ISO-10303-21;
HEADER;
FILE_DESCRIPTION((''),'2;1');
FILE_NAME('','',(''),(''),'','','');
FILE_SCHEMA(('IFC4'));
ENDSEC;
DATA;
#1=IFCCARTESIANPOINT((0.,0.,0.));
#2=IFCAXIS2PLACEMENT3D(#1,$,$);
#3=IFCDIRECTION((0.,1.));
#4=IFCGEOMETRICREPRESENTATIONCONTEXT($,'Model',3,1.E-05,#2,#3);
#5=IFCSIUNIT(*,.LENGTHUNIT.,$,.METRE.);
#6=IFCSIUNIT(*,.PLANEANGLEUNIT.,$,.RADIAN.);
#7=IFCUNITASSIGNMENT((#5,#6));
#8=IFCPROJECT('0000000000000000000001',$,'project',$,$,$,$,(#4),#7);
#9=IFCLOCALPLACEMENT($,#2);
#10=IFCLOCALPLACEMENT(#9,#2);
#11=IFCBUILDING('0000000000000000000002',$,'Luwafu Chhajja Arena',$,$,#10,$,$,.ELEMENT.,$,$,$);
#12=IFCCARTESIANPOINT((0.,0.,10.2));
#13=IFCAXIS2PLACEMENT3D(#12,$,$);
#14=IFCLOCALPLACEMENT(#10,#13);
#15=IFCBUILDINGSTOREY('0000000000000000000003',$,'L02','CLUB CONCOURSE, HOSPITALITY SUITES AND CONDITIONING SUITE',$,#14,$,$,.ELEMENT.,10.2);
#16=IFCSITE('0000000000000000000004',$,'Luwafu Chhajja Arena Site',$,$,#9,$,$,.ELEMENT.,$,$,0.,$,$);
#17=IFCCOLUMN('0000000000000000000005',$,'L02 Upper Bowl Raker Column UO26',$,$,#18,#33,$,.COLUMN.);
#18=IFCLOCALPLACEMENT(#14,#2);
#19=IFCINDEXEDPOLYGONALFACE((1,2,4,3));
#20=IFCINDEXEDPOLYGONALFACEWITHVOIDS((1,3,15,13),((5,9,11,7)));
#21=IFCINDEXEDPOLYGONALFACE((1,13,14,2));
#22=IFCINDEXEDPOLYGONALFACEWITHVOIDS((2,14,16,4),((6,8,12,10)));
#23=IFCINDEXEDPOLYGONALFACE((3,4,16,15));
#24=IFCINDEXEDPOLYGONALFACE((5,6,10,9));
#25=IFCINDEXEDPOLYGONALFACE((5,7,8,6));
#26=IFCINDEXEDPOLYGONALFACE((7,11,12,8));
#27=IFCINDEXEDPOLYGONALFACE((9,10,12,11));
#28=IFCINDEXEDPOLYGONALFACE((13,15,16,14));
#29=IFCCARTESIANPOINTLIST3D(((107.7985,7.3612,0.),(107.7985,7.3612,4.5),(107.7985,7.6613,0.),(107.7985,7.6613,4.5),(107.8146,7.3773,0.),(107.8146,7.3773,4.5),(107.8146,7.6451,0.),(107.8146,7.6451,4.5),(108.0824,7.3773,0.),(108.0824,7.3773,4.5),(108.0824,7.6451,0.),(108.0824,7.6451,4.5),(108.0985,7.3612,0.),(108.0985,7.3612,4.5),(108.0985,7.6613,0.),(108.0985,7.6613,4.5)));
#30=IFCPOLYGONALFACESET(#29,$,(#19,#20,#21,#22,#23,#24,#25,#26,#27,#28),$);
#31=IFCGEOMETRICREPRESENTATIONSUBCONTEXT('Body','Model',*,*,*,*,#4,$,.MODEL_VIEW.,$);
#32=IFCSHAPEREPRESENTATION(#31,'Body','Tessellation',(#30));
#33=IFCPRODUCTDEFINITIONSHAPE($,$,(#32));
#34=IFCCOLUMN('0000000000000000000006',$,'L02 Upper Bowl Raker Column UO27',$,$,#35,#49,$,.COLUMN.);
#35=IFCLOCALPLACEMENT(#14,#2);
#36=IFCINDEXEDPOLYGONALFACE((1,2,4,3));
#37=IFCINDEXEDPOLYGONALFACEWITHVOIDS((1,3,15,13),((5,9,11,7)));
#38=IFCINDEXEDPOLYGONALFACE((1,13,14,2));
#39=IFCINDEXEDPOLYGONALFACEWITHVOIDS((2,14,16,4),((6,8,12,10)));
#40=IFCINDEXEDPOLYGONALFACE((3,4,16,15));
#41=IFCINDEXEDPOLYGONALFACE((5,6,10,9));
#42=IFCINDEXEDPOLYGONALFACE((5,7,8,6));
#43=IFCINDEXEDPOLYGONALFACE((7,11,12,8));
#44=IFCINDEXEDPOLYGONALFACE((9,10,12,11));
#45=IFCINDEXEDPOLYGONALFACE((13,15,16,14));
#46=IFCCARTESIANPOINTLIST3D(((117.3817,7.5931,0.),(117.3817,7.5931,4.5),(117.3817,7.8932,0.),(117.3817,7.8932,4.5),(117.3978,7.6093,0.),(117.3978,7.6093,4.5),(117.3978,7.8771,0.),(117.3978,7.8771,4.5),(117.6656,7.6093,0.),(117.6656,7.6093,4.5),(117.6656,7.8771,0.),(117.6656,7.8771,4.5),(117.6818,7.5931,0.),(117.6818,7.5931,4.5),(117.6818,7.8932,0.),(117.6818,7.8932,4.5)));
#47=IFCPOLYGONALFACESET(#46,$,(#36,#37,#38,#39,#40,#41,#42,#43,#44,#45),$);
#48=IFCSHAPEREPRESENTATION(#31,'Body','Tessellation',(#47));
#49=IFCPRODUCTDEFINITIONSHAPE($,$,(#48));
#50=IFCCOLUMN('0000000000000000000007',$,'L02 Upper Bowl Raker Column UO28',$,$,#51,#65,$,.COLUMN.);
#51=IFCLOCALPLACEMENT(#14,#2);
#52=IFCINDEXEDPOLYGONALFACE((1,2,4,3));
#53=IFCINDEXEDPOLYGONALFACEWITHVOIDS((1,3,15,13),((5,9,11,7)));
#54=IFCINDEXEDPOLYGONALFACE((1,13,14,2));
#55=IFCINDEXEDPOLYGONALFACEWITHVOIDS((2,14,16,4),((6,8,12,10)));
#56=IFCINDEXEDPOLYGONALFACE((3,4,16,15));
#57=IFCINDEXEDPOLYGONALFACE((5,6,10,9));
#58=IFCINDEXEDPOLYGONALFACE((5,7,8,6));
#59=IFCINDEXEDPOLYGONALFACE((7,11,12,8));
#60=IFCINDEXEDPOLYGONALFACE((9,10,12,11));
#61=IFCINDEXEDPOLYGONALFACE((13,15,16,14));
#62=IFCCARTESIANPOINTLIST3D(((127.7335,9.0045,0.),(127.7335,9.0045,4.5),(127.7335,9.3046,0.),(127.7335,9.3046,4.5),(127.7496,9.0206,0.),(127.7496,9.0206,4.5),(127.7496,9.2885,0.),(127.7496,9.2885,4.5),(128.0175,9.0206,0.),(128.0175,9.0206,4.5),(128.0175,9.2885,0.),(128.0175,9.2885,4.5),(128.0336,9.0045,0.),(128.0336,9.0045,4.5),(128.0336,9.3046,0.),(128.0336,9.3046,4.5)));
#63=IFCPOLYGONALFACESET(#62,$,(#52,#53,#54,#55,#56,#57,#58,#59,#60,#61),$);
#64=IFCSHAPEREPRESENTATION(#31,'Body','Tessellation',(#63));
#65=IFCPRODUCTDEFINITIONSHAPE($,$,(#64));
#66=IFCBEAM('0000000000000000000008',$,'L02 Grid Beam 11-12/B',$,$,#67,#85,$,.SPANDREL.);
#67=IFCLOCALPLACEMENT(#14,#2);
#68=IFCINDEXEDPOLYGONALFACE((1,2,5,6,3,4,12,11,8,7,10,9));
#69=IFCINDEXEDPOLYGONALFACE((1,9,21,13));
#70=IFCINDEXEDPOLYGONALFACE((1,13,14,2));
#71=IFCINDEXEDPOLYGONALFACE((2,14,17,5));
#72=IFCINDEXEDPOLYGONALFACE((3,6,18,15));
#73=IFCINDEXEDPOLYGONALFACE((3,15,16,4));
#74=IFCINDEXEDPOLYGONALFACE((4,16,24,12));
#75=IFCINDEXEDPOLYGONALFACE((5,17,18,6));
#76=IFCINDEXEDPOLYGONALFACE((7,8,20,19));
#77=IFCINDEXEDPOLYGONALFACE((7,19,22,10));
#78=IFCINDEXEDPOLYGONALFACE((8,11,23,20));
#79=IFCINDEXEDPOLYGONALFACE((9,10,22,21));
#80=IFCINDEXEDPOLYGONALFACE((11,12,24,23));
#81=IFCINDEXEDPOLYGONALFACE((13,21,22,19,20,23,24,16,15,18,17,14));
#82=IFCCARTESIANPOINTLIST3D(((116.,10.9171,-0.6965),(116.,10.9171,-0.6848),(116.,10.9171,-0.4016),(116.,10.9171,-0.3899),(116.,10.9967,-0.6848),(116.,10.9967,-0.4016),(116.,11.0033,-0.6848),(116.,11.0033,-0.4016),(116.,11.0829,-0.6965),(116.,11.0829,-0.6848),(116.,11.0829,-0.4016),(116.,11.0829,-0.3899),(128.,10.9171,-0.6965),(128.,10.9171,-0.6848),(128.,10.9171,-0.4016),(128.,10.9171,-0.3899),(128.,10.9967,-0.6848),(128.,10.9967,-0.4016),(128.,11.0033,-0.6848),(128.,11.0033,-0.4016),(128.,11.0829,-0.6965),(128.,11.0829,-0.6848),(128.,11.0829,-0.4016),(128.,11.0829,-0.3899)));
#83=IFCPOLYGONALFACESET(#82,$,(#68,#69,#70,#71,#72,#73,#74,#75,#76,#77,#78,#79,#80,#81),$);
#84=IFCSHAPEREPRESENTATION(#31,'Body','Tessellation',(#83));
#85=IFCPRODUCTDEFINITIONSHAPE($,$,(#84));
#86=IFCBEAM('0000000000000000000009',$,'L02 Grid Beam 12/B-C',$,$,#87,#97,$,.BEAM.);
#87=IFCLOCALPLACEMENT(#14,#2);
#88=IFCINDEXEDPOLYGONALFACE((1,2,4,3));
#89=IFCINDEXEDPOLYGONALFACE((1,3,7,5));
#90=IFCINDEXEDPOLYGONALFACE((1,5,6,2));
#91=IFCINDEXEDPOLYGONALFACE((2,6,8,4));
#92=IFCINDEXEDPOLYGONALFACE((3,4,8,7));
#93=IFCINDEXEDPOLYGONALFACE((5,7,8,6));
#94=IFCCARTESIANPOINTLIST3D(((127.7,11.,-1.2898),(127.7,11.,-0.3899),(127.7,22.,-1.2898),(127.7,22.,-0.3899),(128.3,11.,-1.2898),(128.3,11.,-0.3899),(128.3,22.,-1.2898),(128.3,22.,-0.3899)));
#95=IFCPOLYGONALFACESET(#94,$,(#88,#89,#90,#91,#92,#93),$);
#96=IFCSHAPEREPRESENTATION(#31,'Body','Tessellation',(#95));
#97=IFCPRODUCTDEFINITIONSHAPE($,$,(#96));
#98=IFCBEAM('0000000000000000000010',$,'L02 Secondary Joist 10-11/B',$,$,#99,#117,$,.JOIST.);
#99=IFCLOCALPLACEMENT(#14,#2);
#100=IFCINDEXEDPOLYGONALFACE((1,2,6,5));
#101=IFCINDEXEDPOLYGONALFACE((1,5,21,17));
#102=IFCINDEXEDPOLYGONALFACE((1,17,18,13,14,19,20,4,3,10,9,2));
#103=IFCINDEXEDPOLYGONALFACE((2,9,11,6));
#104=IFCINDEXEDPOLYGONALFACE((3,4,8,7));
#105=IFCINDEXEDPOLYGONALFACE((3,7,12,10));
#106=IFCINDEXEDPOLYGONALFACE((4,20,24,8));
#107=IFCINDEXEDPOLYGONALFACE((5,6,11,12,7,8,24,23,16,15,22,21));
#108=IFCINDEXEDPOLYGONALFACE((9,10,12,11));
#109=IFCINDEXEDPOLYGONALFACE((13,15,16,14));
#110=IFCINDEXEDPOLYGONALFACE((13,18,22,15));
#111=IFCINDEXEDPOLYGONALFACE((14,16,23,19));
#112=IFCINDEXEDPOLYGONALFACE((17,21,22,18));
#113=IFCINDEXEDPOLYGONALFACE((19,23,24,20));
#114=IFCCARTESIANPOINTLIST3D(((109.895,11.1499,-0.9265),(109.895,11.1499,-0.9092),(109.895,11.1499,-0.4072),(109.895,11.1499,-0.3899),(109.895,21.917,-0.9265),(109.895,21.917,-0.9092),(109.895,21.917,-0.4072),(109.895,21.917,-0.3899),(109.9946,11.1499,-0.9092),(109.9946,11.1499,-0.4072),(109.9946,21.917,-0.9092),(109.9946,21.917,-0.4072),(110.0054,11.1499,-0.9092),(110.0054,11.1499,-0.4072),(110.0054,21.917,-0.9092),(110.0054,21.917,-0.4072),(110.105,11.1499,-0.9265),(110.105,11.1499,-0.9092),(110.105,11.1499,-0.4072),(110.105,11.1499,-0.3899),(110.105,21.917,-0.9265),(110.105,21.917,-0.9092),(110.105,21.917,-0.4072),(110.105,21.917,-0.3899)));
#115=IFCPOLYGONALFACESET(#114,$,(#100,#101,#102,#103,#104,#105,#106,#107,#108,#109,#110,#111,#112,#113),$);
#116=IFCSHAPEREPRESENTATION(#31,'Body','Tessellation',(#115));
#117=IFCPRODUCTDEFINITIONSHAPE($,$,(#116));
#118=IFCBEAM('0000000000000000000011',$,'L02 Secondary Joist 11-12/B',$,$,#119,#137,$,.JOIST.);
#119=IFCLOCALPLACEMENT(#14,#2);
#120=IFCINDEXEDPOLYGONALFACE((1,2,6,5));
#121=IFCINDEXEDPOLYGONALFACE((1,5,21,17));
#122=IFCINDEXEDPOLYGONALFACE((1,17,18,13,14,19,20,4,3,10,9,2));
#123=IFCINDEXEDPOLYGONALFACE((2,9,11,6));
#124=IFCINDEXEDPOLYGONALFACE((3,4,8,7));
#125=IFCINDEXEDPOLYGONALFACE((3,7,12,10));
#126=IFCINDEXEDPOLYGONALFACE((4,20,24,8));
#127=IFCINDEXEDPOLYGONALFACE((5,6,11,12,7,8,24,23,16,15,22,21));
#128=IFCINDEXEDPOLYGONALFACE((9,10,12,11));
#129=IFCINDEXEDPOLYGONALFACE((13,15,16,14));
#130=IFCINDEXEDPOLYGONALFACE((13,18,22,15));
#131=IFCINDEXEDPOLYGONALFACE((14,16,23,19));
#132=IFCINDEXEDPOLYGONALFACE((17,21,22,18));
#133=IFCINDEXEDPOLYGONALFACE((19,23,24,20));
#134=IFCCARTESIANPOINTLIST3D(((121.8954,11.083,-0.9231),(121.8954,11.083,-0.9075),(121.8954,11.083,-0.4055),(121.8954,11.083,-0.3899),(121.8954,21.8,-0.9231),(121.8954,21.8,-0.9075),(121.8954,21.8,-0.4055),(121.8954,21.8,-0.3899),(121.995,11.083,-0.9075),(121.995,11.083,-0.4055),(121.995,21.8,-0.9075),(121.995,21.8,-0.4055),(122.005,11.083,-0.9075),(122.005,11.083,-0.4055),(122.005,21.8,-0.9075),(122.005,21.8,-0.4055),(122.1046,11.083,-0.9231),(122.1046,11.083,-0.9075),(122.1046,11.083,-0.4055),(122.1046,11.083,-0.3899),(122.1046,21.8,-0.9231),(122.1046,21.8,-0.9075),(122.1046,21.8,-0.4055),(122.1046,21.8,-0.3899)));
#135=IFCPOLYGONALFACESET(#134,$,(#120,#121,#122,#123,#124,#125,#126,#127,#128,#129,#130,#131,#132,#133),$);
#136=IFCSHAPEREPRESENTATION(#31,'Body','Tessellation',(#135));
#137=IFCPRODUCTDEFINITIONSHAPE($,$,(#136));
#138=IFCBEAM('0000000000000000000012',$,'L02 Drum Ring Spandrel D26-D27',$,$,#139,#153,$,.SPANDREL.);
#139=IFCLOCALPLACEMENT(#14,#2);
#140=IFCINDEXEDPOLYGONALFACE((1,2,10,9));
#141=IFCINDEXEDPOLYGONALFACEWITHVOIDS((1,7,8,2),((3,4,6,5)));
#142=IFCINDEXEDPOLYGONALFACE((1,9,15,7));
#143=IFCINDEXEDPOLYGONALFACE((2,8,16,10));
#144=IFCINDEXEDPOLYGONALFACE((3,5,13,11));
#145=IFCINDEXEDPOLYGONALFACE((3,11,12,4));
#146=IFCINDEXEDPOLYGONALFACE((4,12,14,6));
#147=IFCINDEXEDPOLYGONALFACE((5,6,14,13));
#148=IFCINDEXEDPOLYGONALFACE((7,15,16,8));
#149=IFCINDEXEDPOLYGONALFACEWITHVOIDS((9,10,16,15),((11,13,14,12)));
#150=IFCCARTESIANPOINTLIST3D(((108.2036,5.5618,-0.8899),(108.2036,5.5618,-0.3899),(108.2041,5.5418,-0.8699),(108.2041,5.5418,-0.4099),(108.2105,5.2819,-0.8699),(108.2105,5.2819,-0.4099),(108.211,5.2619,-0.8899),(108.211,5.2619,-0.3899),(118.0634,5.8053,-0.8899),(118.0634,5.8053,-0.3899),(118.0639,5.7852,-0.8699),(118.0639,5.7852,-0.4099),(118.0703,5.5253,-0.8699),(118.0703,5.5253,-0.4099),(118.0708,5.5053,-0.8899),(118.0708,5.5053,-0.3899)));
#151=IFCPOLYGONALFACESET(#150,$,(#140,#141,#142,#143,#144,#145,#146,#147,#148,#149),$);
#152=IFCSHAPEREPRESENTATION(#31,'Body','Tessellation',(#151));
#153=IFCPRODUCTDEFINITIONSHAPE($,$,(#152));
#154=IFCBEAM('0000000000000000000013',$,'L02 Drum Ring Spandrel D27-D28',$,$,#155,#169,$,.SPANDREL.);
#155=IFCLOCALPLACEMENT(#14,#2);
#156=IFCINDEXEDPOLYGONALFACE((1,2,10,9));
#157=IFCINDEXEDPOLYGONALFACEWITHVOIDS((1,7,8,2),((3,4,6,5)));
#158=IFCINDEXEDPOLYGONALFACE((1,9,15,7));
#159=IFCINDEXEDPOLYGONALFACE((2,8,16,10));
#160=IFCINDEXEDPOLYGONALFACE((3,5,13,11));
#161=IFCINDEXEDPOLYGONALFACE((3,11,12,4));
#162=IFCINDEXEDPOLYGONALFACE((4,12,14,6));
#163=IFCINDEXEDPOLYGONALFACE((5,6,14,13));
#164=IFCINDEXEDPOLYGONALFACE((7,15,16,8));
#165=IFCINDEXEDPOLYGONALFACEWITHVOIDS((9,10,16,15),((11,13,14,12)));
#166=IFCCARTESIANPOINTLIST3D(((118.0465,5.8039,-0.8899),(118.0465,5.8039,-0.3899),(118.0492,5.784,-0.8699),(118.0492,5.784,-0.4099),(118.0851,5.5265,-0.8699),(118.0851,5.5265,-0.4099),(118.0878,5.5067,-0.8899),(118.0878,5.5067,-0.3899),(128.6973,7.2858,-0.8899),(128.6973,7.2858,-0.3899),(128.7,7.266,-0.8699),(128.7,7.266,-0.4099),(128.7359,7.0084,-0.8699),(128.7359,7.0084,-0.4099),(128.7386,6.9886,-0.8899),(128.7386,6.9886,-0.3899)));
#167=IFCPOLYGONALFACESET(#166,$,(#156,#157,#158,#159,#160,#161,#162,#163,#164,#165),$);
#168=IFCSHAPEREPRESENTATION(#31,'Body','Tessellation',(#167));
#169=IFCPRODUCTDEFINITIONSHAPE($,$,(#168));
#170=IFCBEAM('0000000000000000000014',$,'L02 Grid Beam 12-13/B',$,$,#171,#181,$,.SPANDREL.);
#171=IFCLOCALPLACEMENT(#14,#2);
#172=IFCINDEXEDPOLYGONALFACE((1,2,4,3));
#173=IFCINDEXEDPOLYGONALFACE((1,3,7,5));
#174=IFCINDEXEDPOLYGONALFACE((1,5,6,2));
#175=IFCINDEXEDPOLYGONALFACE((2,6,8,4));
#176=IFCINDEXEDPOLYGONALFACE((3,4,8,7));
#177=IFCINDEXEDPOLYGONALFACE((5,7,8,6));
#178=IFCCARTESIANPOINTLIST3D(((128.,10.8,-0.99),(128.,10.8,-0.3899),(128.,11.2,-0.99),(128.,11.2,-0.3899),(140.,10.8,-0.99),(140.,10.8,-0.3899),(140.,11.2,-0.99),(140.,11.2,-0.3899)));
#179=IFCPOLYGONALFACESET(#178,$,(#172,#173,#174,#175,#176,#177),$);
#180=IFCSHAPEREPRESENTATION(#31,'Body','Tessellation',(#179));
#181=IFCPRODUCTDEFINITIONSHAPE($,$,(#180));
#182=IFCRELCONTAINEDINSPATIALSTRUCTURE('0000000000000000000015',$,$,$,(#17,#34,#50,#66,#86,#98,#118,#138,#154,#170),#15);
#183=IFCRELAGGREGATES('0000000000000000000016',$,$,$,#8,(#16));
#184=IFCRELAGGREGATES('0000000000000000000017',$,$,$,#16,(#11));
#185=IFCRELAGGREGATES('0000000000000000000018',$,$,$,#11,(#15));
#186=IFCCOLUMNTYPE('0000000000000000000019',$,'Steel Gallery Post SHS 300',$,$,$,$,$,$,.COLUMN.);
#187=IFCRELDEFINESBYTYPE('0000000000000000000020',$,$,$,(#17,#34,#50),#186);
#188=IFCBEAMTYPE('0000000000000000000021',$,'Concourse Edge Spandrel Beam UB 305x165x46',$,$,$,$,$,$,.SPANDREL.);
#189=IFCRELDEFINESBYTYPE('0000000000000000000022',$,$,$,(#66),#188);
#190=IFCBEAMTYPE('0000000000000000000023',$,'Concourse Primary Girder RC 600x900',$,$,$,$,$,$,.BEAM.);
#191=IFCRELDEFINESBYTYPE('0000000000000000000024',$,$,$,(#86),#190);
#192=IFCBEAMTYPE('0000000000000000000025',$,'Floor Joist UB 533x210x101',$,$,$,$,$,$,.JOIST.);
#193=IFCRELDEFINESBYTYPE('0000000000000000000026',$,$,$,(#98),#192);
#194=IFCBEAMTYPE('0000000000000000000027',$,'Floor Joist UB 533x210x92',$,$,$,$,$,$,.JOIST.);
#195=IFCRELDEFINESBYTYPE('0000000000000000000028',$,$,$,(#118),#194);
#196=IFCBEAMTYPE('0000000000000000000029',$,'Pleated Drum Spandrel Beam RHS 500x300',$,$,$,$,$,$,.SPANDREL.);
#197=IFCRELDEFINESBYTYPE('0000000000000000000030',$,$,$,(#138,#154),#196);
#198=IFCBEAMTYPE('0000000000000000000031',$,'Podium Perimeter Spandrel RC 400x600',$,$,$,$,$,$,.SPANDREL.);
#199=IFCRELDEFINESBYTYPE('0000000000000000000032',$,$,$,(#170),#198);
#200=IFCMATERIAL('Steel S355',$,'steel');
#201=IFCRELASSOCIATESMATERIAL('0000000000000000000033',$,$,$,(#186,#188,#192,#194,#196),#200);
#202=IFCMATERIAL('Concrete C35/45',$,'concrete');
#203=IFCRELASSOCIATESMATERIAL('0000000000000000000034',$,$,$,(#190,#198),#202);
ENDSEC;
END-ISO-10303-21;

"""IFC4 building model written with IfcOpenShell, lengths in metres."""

from ifc_helpers import new_model, si_unit, direction, frame, origin, origin_2d, place, context, subcontext, project, spatial, rectangle, hollow_rectangle, i_section, extrude, material, material_profile, profile_set, type_object, element, save


model = new_model("IFC4")

# Units and contexts
model_context = context("Model", 3, precision=1e-05, world=origin(), true_north=direction((0.0, 1.0)))
body_context = subcontext(model_context, "Body", "Model", "MODEL_VIEW")
ifc_project = project(units=[si_unit("LENGTHUNIT", "METRE"), si_unit("PLANEANGLEUNIT", "RADIAN")], contexts=[model_context])

# Site, building, storey
site_placement = place(None, origin())
site = spatial("IfcSite", under=ifc_project, at=site_placement, Name="Luwafu Chhajja Arena Site", CompositionType="ELEMENT", RefElevation=0.0)
building_placement = place(site_placement, origin())
building = spatial("IfcBuilding", under=site, at=building_placement, Name="Luwafu Chhajja Arena", CompositionType="ELEMENT")
storey_placement = place(building_placement, frame((0.0, 0.0, 10.2)))
storey = spatial("IfcBuildingStorey", under=building, at=storey_placement, Name="L02", Description="CLUB CONCOURSE, HOSPITALITY SUITES AND CONDITIONING SUITE", CompositionType="ELEMENT", Elevation=10.2)

# Columns
ifc_material_1 = material(Name="Concrete C35/45", Category="concrete")
ifc_material_2 = material(Name="Steel S355", Category="steel")
ifc_material_profile_1 = material_profile(ifc_material_2, hollow_rectangle(XDim=0.3, YDim=0.3, WallThickness=0.0161, at=origin_2d()), Name="SHS 300x300x16")
ifc_profile_set_1 = profile_set([ifc_material_profile_1], Name="Steel S355")
column_type_1 = type_object("IfcColumnType", Name="Steel Gallery Post SHS 300", PredefinedType="COLUMN", material=ifc_profile_set_1)
for number, where, z_axis, x_axis, name in (
    (1, (107.9485, 7.5112, 0.0), (0.0, 0.0, 1.0), (1.0, 0.0, 0.0), "L02 Upper Bowl Raker Column UO26"),
    (2, (117.5317, 7.7432, 0.0), (0.0, 0.0, 1.0), (1.0, 0.0, 0.0), "L02 Upper Bowl Raker Column UO27"),
    (3, (127.8835, 9.1545, 0.0), (0.0, 0.0, 1.0), (1.0, 0.0, 0.0), "L02 Upper Bowl Raker Column UO28"),
):
    element("IfcColumn", number, at=place(storey_placement, frame(where, z_axis=z_axis, x_axis=x_axis)), inside=storey, type_object=column_type_1, Name=name, PredefinedType="COLUMN", context=body_context, shape_type="SweptSolid", body=[
        extrude(hollow_rectangle(XDim=0.3, YDim=0.3, WallThickness=0.0161, at=origin_2d()), origin(), (0.0, 0.0, 1.0), 4.5),
    ])

# Beams
ifc_material_profile_2 = material_profile(ifc_material_2, i_section(OverallWidth=0.1658, OverallDepth=0.3066, WebThickness=0.0066, FlangeThickness=0.0117, at=origin_2d()), Name="UB 305x165x46")
ifc_profile_set_2 = profile_set([ifc_material_profile_2], Name="Steel S355")
beam_type_1 = type_object("IfcBeamType", Name="Concourse Edge Spandrel Beam UB 305x165x46", PredefinedType="SPANDREL", material=ifc_profile_set_2)
beam_1_placement = place(storey_placement, frame((116.0, 11.0, -0.5432), z_axis=(1.0, 0.0, 0.0), x_axis=(0.0, 1.0, 0.0)))
element("IfcBeam", 4, at=beam_1_placement, inside=storey, type_object=beam_type_1, Name="L02 Grid Beam 11-12/B", PredefinedType="SPANDREL", context=body_context, shape_type="SweptSolid", body=[
    extrude(i_section(OverallWidth=0.1658, OverallDepth=0.3066, WebThickness=0.0066, FlangeThickness=0.0117, at=origin_2d()), origin(), (0.0, 0.0, 1.0), 12.0),
])
ifc_material_profile_3 = material_profile(ifc_material_1, rectangle(XDim=0.6001, YDim=0.8999, at=origin_2d()), Name="RC 600x900")
ifc_profile_set_3 = profile_set([ifc_material_profile_3], Name="Concrete C35/45")
beam_type_2 = type_object("IfcBeamType", Name="Concourse Primary Girder RC 600x900", PredefinedType="BEAM", material=ifc_profile_set_3)
beam_2_placement = place(storey_placement, frame((128.0, 11.0, -0.8398), z_axis=(0.0, 1.0, 0.0), x_axis=(-1.0, 0.0, 0.0)))
element("IfcBeam", 5, at=beam_2_placement, inside=storey, type_object=beam_type_2, Name="L02 Grid Beam 12/B-C", PredefinedType="BEAM", context=body_context, shape_type="SweptSolid", body=[
    extrude(rectangle(XDim=0.6001, YDim=0.8999, at=origin_2d()), origin(), (0.0, 0.0, 1.0), 11.0),
])
ifc_material_profile_4 = material_profile(ifc_material_2, i_section(OverallWidth=0.21, OverallDepth=0.5366, WebThickness=0.0107, FlangeThickness=0.0173, at=origin_2d()), Name="UB 533x210x101")
ifc_profile_set_4 = profile_set([ifc_material_profile_4], Name="Steel S355")
beam_type_3 = type_object("IfcBeamType", Name="Floor Joist UB 533x210x101", PredefinedType="JOIST", material=ifc_profile_set_4)
beam_3_placement = place(storey_placement, frame((110.0, 11.1499, -0.6582), z_axis=(0.0, 1.0, 0.0), x_axis=(-1.0, 0.0, 0.0)))
element("IfcBeam", 6, at=beam_3_placement, inside=storey, type_object=beam_type_3, Name="L02 Secondary Joist 10-11/B", PredefinedType="JOIST", context=body_context, shape_type="SweptSolid", body=[
    extrude(i_section(OverallWidth=0.21, OverallDepth=0.5366, WebThickness=0.0107, FlangeThickness=0.0173, at=origin_2d()), origin(), (0.0, 0.0, 1.0), 10.7671),
])
ifc_material_profile_5 = material_profile(ifc_material_2, i_section(OverallWidth=0.2092, OverallDepth=0.5332, WebThickness=0.01, FlangeThickness=0.0156, at=origin_2d()), Name="UB 533x210x92")
ifc_profile_set_5 = profile_set([ifc_material_profile_5], Name="Steel S355")
beam_type_4 = type_object("IfcBeamType", Name="Floor Joist UB 533x210x92", PredefinedType="JOIST", material=ifc_profile_set_5)
beam_4_placement = place(storey_placement, frame((122.0, 11.083, -0.6565), z_axis=(0.0, 1.0, 0.0), x_axis=(-1.0, 0.0, 0.0)))
element("IfcBeam", 7, at=beam_4_placement, inside=storey, type_object=beam_type_4, Name="L02 Secondary Joist 11-12/B", PredefinedType="JOIST", context=body_context, shape_type="SweptSolid", body=[
    extrude(i_section(OverallWidth=0.2092, OverallDepth=0.5332, WebThickness=0.01, FlangeThickness=0.0156, at=origin_2d()), origin(), (0.0, 0.0, 1.0), 10.717),
])
ifc_material_profile_6 = material_profile(ifc_material_2, hollow_rectangle(XDim=0.3, YDim=0.5, WallThickness=0.02, at=origin_2d()), Name="RHS 500x300x20")
ifc_profile_set_6 = profile_set([ifc_material_profile_6], Name="Steel S355")
beam_type_5 = type_object("IfcBeamType", Name="Pleated Drum Spandrel Beam RHS 500x300", PredefinedType="SPANDREL", material=ifc_profile_set_6)
beam_5_placement = place(storey_placement, frame((108.2073, 5.4119, -0.6399), z_axis=(0.999695, 0.024679, 0.0), x_axis=(-0.024679, 0.999695, 0.0)))
element("IfcBeam", 8, at=beam_5_placement, inside=storey, type_object=beam_type_5, Name="L02 Drum Ring Spandrel D26-D27", PredefinedType="SPANDREL", context=body_context, shape_type="SweptSolid", body=[
    extrude(hollow_rectangle(XDim=0.3, YDim=0.5, WallThickness=0.02, at=origin_2d()), origin(), (0.0, 0.0, 1.0), 9.8628),
])
beam_6_placement = place(storey_placement, frame((118.0671, 5.6553, -0.6399), z_axis=(0.990459, 0.13781, 0.0), x_axis=(-0.13781, 0.990459, 0.0)))
element("IfcBeam", 9, at=beam_6_placement, inside=storey, type_object=beam_type_5, Name="L02 Drum Ring Spandrel D27-D28", PredefinedType="SPANDREL", context=body_context, shape_type="SweptSolid", body=[
    extrude(hollow_rectangle(XDim=0.3, YDim=0.5, WallThickness=0.02, at=origin_2d()), origin(), (0.0, 0.0, 1.0), 10.7534),
])
ifc_material_profile_7 = material_profile(ifc_material_1, rectangle(XDim=0.3999, YDim=0.6001, at=origin_2d()), Name="RC 400x600")
ifc_profile_set_7 = profile_set([ifc_material_profile_7], Name="Concrete C35/45")
beam_type_6 = type_object("IfcBeamType", Name="Podium Perimeter Spandrel RC 400x600", PredefinedType="SPANDREL", material=ifc_profile_set_7)
beam_7_placement = place(storey_placement, frame((128.0, 11.0, -0.6899), z_axis=(1.0, 0.0, 0.0), x_axis=(0.0, 1.0, 0.0)))
element("IfcBeam", 10, at=beam_7_placement, inside=storey, type_object=beam_type_6, Name="L02 Grid Beam 12-13/B", PredefinedType="SPANDREL", context=body_context, shape_type="SweptSolid", body=[
    extrude(rectangle(XDim=0.3999, YDim=0.6001, at=origin_2d()), origin(), (0.0, 0.0, 1.0), 12.0),
])

save(model, "model.ifc")
